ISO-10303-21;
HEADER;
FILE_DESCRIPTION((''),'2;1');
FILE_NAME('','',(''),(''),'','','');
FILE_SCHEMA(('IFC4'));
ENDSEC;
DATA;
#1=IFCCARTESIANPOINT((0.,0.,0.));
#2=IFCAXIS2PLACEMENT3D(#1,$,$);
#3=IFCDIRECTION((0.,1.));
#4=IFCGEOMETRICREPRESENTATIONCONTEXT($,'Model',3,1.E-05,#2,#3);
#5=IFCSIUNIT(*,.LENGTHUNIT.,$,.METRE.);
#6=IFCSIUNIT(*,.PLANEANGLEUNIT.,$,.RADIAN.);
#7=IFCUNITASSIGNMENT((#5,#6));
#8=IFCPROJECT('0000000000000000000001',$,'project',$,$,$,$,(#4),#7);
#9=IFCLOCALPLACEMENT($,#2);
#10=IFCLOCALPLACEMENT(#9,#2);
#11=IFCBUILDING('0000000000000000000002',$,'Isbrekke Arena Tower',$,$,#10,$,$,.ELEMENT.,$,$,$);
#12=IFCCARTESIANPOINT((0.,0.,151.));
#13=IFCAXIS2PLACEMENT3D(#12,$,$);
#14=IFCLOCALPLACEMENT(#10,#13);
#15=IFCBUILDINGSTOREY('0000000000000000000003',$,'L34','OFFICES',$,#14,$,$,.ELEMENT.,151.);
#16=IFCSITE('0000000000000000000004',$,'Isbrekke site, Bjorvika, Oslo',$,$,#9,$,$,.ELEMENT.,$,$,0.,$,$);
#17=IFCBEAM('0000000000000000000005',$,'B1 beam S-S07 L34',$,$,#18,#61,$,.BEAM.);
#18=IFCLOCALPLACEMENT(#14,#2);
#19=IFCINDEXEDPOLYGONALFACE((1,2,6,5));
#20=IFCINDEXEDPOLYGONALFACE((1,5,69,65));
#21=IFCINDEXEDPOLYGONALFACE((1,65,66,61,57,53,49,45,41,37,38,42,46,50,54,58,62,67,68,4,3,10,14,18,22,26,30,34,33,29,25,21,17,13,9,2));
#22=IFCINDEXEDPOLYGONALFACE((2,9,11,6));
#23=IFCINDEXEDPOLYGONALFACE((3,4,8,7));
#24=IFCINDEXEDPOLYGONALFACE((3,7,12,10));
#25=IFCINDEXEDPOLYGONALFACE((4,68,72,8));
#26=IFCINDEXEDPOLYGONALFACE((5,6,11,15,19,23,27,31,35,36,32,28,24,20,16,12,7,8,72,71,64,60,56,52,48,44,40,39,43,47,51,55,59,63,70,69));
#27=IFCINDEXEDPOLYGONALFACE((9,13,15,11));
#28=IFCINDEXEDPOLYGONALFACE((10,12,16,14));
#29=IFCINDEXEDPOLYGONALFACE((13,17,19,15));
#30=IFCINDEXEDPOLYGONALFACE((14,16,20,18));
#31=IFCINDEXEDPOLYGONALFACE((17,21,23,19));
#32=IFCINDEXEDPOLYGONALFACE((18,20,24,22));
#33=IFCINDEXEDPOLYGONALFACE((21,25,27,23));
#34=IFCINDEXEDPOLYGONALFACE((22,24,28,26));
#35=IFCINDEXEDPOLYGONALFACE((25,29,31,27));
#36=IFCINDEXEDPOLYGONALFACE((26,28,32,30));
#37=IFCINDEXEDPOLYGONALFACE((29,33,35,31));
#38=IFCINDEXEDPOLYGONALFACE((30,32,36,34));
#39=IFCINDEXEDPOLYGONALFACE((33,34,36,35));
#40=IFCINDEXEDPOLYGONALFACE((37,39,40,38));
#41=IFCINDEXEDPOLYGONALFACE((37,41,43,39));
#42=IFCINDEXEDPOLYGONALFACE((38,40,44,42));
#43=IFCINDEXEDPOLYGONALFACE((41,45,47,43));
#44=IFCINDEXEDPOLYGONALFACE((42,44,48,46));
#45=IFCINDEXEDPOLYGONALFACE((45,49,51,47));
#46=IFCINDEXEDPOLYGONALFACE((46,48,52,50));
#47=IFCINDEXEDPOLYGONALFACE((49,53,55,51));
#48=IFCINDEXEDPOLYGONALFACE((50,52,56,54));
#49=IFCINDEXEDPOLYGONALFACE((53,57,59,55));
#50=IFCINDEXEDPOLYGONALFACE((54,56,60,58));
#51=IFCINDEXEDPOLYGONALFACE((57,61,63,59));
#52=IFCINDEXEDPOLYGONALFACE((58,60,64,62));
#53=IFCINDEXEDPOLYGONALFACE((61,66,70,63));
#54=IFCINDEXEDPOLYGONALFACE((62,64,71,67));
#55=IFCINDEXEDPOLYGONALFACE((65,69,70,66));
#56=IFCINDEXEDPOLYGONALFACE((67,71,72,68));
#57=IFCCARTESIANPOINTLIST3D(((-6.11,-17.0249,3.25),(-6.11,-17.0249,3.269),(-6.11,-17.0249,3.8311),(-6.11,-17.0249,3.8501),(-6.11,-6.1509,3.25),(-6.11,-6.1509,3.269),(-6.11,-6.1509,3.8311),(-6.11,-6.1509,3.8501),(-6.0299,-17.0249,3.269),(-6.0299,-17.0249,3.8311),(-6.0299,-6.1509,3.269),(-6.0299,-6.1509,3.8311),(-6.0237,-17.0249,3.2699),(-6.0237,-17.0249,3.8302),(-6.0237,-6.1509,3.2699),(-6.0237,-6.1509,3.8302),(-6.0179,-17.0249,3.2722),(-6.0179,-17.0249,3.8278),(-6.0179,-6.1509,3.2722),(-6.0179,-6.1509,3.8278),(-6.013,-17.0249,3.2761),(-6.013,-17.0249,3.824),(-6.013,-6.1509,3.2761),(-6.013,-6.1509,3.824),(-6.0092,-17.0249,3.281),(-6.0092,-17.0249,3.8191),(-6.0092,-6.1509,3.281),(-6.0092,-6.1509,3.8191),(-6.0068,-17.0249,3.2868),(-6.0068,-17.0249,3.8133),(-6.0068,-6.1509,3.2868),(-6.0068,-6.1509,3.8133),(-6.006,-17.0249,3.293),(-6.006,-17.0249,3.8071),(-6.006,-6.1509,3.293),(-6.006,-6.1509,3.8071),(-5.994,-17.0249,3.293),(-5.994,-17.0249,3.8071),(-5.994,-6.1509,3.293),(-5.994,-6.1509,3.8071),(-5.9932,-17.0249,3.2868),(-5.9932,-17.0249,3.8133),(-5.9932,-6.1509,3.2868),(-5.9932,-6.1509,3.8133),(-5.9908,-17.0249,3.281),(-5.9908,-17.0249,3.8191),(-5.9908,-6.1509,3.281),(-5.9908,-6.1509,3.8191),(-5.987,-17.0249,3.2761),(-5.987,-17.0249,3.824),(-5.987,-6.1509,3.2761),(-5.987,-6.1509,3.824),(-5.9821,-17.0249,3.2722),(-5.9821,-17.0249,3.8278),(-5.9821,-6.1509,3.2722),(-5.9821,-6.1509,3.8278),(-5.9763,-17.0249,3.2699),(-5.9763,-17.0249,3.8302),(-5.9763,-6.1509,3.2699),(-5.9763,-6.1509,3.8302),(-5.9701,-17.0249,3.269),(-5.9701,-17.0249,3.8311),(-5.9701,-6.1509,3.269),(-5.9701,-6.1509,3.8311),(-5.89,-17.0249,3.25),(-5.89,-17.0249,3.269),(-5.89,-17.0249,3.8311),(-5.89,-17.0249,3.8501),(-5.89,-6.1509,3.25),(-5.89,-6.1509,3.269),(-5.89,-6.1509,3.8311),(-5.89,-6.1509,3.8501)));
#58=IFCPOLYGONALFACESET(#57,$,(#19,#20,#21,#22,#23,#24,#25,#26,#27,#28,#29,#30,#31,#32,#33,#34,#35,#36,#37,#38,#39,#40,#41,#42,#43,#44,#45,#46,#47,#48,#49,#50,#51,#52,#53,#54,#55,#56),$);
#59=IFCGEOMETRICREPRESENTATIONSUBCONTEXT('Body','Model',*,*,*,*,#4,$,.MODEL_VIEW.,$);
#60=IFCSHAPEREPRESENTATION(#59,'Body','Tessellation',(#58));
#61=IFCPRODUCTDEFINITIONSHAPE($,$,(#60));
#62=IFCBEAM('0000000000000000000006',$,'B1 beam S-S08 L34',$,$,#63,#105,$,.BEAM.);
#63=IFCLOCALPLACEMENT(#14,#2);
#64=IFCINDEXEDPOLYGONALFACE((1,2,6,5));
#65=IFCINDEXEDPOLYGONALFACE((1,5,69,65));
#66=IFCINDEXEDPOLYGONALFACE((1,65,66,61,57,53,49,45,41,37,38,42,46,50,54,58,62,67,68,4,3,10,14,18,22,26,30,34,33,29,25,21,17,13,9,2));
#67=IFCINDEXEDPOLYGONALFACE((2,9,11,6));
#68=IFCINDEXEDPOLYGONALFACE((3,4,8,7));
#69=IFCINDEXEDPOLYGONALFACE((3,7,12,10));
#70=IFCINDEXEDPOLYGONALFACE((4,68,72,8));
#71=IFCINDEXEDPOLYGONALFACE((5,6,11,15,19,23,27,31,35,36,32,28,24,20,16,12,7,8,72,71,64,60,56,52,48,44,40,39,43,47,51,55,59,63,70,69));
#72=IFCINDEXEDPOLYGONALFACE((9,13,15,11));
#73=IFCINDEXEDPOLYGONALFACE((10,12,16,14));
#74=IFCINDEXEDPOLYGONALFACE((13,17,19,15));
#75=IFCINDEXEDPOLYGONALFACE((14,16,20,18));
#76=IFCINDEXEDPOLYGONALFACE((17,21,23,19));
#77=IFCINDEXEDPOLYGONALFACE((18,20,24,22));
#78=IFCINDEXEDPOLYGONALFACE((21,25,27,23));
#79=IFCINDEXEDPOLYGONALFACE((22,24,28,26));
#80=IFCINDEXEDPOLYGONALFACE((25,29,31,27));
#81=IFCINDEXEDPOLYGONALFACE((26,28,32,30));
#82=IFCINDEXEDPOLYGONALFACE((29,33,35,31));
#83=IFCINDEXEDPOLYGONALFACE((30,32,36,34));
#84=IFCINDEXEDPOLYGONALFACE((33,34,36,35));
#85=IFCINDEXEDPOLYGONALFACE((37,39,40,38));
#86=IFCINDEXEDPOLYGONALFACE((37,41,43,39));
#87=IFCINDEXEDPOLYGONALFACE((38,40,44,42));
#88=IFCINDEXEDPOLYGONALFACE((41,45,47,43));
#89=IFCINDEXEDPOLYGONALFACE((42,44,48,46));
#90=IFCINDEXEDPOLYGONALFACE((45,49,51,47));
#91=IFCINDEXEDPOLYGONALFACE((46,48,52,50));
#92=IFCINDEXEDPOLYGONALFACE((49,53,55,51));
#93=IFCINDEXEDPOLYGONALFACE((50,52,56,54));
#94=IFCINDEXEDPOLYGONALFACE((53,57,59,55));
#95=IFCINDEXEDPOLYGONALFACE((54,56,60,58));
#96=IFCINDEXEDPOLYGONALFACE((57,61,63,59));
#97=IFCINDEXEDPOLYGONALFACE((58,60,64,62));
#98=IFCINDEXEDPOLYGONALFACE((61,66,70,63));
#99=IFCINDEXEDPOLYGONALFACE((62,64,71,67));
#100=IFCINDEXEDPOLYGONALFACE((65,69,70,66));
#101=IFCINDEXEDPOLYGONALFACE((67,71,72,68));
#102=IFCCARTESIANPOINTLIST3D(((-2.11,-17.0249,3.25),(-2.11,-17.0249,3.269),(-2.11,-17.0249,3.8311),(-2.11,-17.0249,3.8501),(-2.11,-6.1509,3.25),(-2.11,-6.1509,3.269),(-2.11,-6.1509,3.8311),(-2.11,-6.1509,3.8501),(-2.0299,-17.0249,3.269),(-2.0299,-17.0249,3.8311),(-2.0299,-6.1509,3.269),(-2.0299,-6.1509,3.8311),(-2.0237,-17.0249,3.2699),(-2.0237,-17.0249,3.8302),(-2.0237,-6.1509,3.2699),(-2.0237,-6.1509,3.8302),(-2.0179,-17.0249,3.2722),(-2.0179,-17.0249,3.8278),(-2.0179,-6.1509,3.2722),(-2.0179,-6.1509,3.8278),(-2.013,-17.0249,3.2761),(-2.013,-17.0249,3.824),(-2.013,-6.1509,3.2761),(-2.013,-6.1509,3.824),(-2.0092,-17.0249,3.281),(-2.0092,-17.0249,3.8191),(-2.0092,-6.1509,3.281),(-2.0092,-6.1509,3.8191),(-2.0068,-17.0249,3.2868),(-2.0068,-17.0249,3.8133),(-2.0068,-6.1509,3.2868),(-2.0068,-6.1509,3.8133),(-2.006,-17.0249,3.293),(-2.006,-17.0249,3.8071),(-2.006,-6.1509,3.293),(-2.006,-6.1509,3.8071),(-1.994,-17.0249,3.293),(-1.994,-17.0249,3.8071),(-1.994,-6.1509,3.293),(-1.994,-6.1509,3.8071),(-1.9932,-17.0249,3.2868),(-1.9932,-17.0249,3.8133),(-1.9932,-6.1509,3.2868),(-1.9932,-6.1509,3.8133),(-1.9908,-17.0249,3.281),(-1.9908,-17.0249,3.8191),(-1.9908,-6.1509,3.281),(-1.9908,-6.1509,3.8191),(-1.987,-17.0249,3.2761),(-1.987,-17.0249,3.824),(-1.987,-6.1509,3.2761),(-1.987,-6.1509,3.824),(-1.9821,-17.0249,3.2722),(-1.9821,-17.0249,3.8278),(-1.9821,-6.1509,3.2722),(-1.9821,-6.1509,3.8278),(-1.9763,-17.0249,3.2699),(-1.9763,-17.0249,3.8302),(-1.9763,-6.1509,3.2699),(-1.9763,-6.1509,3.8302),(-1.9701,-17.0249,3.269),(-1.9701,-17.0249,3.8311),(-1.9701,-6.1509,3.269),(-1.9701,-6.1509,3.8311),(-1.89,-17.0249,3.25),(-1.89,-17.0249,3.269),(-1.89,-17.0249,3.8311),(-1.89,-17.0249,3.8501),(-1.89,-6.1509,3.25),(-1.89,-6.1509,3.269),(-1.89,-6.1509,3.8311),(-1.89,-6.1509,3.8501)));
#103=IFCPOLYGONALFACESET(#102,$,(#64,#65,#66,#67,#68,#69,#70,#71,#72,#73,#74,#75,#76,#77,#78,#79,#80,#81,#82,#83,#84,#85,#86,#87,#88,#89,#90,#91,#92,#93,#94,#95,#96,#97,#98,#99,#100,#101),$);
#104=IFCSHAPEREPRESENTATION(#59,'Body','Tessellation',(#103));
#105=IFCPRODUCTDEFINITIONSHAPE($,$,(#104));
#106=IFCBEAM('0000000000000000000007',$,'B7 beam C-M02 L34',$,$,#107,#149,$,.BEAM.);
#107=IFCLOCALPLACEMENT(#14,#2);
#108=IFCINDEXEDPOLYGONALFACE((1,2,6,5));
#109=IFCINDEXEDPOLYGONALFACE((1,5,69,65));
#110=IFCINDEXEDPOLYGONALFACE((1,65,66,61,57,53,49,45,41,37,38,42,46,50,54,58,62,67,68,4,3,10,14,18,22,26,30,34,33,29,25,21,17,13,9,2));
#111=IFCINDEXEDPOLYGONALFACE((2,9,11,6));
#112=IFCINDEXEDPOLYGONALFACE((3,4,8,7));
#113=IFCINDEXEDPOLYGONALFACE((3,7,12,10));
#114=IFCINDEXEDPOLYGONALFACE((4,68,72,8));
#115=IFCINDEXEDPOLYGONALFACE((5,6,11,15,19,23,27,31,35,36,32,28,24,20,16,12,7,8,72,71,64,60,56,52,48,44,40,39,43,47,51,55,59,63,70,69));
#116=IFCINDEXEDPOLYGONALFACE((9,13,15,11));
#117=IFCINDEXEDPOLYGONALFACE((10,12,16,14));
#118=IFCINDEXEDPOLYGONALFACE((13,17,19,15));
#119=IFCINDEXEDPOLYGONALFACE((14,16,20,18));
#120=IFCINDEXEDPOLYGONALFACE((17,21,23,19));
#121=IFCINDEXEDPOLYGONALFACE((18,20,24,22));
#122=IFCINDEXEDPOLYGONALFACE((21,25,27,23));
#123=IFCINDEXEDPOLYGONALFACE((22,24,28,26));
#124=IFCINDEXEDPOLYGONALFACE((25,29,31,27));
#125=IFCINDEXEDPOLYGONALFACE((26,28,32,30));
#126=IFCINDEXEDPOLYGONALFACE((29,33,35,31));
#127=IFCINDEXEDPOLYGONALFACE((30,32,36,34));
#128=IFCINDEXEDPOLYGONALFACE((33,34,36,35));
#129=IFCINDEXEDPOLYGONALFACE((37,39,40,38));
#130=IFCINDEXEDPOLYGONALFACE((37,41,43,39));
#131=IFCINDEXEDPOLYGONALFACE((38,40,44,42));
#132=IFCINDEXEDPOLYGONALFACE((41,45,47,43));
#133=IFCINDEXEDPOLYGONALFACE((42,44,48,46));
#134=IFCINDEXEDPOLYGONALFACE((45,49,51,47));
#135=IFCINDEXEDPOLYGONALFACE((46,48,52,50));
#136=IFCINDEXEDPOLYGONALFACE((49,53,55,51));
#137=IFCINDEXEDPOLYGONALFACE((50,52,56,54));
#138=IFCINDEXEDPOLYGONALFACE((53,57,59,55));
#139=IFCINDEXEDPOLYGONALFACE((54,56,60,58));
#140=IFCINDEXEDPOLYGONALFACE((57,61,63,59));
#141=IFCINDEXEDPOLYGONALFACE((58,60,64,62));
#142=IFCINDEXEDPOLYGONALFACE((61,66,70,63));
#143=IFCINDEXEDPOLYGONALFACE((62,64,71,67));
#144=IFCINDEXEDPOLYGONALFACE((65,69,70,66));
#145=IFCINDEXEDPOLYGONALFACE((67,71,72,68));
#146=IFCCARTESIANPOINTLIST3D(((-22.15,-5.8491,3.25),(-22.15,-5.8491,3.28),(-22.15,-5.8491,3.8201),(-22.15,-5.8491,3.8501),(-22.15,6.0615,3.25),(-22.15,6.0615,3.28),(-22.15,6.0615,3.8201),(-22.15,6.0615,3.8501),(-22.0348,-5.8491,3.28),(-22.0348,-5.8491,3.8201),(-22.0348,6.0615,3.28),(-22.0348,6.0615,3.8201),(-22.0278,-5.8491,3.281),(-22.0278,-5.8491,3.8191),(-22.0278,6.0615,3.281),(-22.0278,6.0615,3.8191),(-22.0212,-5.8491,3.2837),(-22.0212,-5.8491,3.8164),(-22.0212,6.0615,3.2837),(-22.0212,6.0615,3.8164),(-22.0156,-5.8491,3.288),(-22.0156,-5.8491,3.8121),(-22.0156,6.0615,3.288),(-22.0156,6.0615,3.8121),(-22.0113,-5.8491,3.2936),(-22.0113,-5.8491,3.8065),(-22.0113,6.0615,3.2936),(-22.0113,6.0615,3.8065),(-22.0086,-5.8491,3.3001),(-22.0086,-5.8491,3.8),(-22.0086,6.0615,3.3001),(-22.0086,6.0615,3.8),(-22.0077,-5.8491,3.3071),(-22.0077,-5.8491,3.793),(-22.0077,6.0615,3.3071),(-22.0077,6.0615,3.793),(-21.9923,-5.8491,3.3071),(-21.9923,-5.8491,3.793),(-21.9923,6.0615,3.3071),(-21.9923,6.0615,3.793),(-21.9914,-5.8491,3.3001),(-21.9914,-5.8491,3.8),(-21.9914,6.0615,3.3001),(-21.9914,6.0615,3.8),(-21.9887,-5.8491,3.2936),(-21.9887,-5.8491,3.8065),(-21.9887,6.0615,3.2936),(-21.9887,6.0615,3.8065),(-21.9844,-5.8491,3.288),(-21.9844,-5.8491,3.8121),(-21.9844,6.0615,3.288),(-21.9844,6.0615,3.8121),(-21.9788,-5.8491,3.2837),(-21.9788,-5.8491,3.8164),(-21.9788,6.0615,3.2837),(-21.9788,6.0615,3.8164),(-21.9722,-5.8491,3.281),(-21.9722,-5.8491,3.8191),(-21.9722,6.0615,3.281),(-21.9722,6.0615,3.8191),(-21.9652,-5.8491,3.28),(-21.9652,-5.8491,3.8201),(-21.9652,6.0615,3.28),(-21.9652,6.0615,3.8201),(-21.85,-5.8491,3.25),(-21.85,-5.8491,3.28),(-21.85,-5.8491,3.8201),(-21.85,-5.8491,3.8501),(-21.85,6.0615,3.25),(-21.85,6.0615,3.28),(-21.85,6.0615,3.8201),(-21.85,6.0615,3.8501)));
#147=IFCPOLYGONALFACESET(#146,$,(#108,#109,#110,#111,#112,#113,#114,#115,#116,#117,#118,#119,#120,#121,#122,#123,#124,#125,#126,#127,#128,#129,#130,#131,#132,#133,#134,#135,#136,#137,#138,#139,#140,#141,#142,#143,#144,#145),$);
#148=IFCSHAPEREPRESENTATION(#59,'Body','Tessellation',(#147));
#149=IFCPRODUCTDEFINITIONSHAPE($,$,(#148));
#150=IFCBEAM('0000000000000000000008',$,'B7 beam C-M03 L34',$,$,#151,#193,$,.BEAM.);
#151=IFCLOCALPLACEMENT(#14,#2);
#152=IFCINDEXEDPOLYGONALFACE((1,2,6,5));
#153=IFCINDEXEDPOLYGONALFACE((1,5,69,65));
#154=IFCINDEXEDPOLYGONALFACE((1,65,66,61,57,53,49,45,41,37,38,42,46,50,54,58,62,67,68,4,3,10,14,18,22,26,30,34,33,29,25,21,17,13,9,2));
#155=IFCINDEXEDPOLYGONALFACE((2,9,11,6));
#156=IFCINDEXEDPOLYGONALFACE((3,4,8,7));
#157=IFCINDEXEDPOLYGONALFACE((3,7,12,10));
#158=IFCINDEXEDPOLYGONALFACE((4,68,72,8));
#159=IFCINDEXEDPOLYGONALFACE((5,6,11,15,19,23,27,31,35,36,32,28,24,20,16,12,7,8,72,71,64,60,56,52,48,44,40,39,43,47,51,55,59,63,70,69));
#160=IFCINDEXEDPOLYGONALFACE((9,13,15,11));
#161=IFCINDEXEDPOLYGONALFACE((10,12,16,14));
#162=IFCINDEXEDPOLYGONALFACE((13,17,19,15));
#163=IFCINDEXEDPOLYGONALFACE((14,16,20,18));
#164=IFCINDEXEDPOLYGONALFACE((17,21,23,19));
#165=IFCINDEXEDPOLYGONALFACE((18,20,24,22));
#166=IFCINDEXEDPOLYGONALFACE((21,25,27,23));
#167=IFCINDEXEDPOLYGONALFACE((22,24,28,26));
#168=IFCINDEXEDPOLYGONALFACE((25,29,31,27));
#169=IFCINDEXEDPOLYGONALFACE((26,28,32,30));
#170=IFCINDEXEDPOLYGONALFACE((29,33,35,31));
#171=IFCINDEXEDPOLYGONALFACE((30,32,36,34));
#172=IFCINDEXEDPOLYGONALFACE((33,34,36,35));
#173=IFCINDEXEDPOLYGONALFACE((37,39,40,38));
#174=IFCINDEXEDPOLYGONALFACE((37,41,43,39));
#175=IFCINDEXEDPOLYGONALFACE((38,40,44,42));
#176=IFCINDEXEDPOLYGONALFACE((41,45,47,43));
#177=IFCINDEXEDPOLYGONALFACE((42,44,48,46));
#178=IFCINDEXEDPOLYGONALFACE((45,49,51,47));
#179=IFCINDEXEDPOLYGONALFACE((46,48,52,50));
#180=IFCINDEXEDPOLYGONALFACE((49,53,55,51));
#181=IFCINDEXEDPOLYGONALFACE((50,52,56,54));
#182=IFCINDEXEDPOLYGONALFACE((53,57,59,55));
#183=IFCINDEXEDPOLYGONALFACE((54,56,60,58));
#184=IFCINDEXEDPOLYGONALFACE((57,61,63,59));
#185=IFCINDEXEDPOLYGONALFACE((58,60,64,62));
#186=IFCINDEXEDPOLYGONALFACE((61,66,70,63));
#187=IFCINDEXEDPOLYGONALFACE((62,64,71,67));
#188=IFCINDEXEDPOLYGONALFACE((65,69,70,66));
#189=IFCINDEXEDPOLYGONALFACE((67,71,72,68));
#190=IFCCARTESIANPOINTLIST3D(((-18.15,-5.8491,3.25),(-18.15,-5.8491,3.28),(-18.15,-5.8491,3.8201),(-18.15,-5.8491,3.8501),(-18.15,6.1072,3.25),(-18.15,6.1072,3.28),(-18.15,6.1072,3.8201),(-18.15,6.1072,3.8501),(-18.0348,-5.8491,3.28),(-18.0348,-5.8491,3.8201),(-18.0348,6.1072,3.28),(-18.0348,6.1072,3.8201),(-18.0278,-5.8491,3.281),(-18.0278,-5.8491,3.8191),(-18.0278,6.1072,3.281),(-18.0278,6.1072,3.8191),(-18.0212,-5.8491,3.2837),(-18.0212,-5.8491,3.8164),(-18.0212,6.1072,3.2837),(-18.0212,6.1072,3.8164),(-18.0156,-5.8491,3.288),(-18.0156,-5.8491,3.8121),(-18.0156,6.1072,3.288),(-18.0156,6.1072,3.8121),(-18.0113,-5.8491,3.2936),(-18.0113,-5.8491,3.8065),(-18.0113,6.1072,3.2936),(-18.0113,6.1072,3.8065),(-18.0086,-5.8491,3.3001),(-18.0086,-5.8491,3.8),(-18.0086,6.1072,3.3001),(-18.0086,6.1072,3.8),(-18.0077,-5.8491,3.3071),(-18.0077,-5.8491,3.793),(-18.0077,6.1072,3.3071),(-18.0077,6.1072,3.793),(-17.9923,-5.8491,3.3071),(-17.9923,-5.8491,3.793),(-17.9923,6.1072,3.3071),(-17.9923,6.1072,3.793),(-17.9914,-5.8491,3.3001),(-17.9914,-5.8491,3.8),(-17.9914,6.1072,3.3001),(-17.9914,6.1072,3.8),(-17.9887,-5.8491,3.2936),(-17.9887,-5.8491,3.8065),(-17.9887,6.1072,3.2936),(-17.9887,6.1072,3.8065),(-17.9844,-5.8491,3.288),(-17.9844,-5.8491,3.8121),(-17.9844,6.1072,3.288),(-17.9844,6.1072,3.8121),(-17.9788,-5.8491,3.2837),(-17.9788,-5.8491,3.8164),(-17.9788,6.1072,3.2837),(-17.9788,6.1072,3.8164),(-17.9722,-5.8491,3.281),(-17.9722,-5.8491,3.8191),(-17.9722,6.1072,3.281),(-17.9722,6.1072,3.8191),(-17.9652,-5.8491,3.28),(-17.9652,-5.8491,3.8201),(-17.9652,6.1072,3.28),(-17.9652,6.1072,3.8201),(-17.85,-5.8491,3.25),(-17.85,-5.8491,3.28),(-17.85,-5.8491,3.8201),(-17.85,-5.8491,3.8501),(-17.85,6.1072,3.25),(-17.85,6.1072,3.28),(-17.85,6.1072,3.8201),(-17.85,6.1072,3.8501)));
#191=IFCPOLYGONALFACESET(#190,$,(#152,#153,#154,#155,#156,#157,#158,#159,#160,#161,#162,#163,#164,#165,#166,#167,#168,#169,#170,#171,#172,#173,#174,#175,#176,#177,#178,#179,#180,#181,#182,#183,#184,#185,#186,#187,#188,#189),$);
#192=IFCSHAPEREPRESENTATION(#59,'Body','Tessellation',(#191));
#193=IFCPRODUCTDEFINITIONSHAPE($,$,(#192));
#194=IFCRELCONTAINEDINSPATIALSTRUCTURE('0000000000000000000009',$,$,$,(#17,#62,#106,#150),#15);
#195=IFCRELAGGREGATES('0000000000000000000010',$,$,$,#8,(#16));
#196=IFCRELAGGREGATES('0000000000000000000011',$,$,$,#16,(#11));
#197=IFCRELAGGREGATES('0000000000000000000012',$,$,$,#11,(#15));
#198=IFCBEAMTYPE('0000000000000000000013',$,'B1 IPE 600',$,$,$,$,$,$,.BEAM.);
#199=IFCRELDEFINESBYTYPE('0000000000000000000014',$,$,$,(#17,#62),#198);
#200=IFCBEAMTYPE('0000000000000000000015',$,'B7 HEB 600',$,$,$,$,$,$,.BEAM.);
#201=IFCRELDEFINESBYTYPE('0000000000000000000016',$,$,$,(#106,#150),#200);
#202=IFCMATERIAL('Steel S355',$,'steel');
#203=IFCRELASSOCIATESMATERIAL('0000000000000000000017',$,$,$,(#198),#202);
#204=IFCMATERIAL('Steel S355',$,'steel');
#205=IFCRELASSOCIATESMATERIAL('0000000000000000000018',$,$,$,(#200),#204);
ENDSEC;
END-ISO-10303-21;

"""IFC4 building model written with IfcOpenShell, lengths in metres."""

from ifc_helpers import new_model, si_unit, direction, frame, origin, origin_2d, place, context, subcontext, project, spatial, i_section, extrude, material, material_profile, profile_set, type_object, element, save


model = new_model("IFC4")

# Units and contexts
model_context = context("Model", 3, precision=1e-05, world=origin(), true_north=direction((0.0, 1.0)))
body_context = subcontext(model_context, "Body", "Model", "MODEL_VIEW")
ifc_project = project(units=[si_unit("LENGTHUNIT", "METRE"), si_unit("PLANEANGLEUNIT", "RADIAN")], contexts=[model_context])

# Site, building, storey
site_placement = place(None, origin())
site = spatial("IfcSite", under=ifc_project, at=site_placement, Name="Isbrekke site, Bjorvika, Oslo", CompositionType="ELEMENT", RefElevation=0.0)
building_placement = place(site_placement, origin())
building = spatial("IfcBuilding", under=site, at=building_placement, Name="Isbrekke Arena Tower", CompositionType="ELEMENT")
storey_placement = place(building_placement, frame((0.0, 0.0, 151.0)))
storey = spatial("IfcBuildingStorey", under=building, at=storey_placement, Name="L34", Description="OFFICES", CompositionType="ELEMENT", Elevation=151.0)

# Beams
ifc_material_1 = material(Name="Steel S355", Category="steel")
ifc_material_profile_1 = material_profile(ifc_material_1, i_section(OverallWidth=0.22, OverallDepth=0.6001, WebThickness=0.012, FlangeThickness=0.019, FilletRadius=0.0239, at=origin_2d()), Name="IPE 600")
ifc_profile_set_1 = profile_set([ifc_material_profile_1], Name="Steel S355")
beam_type_1 = type_object("IfcBeamType", Name="B1 IPE 600", PredefinedType="BEAM", material=ifc_profile_set_1)
for number, where, z_axis, x_axis, name in (
    (1, (-6.0, -17.0249, 3.55), (0.0, 1.0, 0.0), (-1.0, 0.0, 0.0), "B1 beam S-S07 L34"),
    (2, (-2.0, -17.0249, 3.55), (0.0, 1.0, 0.0), (-1.0, 0.0, 0.0), "B1 beam S-S08 L34"),
):
    element("IfcBeam", number, at=place(storey_placement, frame(where, z_axis=z_axis, x_axis=x_axis)), inside=storey, type_object=beam_type_1, Name=name, PredefinedType="BEAM", context=body_context, shape_type="SweptSolid", body=[
        extrude(i_section(OverallWidth=0.22, OverallDepth=0.6001, WebThickness=0.012, FlangeThickness=0.019, FilletRadius=0.0239, at=origin_2d()), origin(), (0.0, 0.0, 1.0), 10.874),
    ])
ifc_material_2 = material(Name="Steel S355", Category="steel")
ifc_material_profile_2 = material_profile(ifc_material_2, i_section(OverallWidth=0.3, OverallDepth=0.6001, WebThickness=0.0154, FlangeThickness=0.03, FilletRadius=0.0271, at=origin_2d()), Name="HEB 600")
ifc_profile_set_2 = profile_set([ifc_material_profile_2], Name="Steel S355")
beam_type_2 = type_object("IfcBeamType", Name="B7 HEB 600", PredefinedType="BEAM", material=ifc_profile_set_2)
beam_1_placement = place(storey_placement, frame((-22.0, -5.8491, 3.55), z_axis=(0.0, 1.0, 0.0), x_axis=(-1.0, 0.0, 0.0)))
element("IfcBeam", 3, at=beam_1_placement, inside=storey, type_object=beam_type_2, Name="B7 beam C-M02 L34", PredefinedType="BEAM", context=body_context, shape_type="SweptSolid", body=[
    extrude(i_section(OverallWidth=0.3, OverallDepth=0.6001, WebThickness=0.0154, FlangeThickness=0.03, FilletRadius=0.0271, at=origin_2d()), origin(), (0.0, 0.0, 1.0), 11.9106),
])
beam_2_placement = place(storey_placement, frame((-18.0, -5.8491, 3.55), z_axis=(0.0, 1.0, 0.0), x_axis=(-1.0, 0.0, 0.0)))
element("IfcBeam", 4, at=beam_2_placement, inside=storey, type_object=beam_type_2, Name="B7 beam C-M03 L34", PredefinedType="BEAM", context=body_context, shape_type="SweptSolid", body=[
    extrude(i_section(OverallWidth=0.3, OverallDepth=0.6001, WebThickness=0.0154, FlangeThickness=0.03, FilletRadius=0.0271, at=origin_2d()), origin(), (0.0, 0.0, 1.0), 11.9563),
])

save(model, "model.ifc")
